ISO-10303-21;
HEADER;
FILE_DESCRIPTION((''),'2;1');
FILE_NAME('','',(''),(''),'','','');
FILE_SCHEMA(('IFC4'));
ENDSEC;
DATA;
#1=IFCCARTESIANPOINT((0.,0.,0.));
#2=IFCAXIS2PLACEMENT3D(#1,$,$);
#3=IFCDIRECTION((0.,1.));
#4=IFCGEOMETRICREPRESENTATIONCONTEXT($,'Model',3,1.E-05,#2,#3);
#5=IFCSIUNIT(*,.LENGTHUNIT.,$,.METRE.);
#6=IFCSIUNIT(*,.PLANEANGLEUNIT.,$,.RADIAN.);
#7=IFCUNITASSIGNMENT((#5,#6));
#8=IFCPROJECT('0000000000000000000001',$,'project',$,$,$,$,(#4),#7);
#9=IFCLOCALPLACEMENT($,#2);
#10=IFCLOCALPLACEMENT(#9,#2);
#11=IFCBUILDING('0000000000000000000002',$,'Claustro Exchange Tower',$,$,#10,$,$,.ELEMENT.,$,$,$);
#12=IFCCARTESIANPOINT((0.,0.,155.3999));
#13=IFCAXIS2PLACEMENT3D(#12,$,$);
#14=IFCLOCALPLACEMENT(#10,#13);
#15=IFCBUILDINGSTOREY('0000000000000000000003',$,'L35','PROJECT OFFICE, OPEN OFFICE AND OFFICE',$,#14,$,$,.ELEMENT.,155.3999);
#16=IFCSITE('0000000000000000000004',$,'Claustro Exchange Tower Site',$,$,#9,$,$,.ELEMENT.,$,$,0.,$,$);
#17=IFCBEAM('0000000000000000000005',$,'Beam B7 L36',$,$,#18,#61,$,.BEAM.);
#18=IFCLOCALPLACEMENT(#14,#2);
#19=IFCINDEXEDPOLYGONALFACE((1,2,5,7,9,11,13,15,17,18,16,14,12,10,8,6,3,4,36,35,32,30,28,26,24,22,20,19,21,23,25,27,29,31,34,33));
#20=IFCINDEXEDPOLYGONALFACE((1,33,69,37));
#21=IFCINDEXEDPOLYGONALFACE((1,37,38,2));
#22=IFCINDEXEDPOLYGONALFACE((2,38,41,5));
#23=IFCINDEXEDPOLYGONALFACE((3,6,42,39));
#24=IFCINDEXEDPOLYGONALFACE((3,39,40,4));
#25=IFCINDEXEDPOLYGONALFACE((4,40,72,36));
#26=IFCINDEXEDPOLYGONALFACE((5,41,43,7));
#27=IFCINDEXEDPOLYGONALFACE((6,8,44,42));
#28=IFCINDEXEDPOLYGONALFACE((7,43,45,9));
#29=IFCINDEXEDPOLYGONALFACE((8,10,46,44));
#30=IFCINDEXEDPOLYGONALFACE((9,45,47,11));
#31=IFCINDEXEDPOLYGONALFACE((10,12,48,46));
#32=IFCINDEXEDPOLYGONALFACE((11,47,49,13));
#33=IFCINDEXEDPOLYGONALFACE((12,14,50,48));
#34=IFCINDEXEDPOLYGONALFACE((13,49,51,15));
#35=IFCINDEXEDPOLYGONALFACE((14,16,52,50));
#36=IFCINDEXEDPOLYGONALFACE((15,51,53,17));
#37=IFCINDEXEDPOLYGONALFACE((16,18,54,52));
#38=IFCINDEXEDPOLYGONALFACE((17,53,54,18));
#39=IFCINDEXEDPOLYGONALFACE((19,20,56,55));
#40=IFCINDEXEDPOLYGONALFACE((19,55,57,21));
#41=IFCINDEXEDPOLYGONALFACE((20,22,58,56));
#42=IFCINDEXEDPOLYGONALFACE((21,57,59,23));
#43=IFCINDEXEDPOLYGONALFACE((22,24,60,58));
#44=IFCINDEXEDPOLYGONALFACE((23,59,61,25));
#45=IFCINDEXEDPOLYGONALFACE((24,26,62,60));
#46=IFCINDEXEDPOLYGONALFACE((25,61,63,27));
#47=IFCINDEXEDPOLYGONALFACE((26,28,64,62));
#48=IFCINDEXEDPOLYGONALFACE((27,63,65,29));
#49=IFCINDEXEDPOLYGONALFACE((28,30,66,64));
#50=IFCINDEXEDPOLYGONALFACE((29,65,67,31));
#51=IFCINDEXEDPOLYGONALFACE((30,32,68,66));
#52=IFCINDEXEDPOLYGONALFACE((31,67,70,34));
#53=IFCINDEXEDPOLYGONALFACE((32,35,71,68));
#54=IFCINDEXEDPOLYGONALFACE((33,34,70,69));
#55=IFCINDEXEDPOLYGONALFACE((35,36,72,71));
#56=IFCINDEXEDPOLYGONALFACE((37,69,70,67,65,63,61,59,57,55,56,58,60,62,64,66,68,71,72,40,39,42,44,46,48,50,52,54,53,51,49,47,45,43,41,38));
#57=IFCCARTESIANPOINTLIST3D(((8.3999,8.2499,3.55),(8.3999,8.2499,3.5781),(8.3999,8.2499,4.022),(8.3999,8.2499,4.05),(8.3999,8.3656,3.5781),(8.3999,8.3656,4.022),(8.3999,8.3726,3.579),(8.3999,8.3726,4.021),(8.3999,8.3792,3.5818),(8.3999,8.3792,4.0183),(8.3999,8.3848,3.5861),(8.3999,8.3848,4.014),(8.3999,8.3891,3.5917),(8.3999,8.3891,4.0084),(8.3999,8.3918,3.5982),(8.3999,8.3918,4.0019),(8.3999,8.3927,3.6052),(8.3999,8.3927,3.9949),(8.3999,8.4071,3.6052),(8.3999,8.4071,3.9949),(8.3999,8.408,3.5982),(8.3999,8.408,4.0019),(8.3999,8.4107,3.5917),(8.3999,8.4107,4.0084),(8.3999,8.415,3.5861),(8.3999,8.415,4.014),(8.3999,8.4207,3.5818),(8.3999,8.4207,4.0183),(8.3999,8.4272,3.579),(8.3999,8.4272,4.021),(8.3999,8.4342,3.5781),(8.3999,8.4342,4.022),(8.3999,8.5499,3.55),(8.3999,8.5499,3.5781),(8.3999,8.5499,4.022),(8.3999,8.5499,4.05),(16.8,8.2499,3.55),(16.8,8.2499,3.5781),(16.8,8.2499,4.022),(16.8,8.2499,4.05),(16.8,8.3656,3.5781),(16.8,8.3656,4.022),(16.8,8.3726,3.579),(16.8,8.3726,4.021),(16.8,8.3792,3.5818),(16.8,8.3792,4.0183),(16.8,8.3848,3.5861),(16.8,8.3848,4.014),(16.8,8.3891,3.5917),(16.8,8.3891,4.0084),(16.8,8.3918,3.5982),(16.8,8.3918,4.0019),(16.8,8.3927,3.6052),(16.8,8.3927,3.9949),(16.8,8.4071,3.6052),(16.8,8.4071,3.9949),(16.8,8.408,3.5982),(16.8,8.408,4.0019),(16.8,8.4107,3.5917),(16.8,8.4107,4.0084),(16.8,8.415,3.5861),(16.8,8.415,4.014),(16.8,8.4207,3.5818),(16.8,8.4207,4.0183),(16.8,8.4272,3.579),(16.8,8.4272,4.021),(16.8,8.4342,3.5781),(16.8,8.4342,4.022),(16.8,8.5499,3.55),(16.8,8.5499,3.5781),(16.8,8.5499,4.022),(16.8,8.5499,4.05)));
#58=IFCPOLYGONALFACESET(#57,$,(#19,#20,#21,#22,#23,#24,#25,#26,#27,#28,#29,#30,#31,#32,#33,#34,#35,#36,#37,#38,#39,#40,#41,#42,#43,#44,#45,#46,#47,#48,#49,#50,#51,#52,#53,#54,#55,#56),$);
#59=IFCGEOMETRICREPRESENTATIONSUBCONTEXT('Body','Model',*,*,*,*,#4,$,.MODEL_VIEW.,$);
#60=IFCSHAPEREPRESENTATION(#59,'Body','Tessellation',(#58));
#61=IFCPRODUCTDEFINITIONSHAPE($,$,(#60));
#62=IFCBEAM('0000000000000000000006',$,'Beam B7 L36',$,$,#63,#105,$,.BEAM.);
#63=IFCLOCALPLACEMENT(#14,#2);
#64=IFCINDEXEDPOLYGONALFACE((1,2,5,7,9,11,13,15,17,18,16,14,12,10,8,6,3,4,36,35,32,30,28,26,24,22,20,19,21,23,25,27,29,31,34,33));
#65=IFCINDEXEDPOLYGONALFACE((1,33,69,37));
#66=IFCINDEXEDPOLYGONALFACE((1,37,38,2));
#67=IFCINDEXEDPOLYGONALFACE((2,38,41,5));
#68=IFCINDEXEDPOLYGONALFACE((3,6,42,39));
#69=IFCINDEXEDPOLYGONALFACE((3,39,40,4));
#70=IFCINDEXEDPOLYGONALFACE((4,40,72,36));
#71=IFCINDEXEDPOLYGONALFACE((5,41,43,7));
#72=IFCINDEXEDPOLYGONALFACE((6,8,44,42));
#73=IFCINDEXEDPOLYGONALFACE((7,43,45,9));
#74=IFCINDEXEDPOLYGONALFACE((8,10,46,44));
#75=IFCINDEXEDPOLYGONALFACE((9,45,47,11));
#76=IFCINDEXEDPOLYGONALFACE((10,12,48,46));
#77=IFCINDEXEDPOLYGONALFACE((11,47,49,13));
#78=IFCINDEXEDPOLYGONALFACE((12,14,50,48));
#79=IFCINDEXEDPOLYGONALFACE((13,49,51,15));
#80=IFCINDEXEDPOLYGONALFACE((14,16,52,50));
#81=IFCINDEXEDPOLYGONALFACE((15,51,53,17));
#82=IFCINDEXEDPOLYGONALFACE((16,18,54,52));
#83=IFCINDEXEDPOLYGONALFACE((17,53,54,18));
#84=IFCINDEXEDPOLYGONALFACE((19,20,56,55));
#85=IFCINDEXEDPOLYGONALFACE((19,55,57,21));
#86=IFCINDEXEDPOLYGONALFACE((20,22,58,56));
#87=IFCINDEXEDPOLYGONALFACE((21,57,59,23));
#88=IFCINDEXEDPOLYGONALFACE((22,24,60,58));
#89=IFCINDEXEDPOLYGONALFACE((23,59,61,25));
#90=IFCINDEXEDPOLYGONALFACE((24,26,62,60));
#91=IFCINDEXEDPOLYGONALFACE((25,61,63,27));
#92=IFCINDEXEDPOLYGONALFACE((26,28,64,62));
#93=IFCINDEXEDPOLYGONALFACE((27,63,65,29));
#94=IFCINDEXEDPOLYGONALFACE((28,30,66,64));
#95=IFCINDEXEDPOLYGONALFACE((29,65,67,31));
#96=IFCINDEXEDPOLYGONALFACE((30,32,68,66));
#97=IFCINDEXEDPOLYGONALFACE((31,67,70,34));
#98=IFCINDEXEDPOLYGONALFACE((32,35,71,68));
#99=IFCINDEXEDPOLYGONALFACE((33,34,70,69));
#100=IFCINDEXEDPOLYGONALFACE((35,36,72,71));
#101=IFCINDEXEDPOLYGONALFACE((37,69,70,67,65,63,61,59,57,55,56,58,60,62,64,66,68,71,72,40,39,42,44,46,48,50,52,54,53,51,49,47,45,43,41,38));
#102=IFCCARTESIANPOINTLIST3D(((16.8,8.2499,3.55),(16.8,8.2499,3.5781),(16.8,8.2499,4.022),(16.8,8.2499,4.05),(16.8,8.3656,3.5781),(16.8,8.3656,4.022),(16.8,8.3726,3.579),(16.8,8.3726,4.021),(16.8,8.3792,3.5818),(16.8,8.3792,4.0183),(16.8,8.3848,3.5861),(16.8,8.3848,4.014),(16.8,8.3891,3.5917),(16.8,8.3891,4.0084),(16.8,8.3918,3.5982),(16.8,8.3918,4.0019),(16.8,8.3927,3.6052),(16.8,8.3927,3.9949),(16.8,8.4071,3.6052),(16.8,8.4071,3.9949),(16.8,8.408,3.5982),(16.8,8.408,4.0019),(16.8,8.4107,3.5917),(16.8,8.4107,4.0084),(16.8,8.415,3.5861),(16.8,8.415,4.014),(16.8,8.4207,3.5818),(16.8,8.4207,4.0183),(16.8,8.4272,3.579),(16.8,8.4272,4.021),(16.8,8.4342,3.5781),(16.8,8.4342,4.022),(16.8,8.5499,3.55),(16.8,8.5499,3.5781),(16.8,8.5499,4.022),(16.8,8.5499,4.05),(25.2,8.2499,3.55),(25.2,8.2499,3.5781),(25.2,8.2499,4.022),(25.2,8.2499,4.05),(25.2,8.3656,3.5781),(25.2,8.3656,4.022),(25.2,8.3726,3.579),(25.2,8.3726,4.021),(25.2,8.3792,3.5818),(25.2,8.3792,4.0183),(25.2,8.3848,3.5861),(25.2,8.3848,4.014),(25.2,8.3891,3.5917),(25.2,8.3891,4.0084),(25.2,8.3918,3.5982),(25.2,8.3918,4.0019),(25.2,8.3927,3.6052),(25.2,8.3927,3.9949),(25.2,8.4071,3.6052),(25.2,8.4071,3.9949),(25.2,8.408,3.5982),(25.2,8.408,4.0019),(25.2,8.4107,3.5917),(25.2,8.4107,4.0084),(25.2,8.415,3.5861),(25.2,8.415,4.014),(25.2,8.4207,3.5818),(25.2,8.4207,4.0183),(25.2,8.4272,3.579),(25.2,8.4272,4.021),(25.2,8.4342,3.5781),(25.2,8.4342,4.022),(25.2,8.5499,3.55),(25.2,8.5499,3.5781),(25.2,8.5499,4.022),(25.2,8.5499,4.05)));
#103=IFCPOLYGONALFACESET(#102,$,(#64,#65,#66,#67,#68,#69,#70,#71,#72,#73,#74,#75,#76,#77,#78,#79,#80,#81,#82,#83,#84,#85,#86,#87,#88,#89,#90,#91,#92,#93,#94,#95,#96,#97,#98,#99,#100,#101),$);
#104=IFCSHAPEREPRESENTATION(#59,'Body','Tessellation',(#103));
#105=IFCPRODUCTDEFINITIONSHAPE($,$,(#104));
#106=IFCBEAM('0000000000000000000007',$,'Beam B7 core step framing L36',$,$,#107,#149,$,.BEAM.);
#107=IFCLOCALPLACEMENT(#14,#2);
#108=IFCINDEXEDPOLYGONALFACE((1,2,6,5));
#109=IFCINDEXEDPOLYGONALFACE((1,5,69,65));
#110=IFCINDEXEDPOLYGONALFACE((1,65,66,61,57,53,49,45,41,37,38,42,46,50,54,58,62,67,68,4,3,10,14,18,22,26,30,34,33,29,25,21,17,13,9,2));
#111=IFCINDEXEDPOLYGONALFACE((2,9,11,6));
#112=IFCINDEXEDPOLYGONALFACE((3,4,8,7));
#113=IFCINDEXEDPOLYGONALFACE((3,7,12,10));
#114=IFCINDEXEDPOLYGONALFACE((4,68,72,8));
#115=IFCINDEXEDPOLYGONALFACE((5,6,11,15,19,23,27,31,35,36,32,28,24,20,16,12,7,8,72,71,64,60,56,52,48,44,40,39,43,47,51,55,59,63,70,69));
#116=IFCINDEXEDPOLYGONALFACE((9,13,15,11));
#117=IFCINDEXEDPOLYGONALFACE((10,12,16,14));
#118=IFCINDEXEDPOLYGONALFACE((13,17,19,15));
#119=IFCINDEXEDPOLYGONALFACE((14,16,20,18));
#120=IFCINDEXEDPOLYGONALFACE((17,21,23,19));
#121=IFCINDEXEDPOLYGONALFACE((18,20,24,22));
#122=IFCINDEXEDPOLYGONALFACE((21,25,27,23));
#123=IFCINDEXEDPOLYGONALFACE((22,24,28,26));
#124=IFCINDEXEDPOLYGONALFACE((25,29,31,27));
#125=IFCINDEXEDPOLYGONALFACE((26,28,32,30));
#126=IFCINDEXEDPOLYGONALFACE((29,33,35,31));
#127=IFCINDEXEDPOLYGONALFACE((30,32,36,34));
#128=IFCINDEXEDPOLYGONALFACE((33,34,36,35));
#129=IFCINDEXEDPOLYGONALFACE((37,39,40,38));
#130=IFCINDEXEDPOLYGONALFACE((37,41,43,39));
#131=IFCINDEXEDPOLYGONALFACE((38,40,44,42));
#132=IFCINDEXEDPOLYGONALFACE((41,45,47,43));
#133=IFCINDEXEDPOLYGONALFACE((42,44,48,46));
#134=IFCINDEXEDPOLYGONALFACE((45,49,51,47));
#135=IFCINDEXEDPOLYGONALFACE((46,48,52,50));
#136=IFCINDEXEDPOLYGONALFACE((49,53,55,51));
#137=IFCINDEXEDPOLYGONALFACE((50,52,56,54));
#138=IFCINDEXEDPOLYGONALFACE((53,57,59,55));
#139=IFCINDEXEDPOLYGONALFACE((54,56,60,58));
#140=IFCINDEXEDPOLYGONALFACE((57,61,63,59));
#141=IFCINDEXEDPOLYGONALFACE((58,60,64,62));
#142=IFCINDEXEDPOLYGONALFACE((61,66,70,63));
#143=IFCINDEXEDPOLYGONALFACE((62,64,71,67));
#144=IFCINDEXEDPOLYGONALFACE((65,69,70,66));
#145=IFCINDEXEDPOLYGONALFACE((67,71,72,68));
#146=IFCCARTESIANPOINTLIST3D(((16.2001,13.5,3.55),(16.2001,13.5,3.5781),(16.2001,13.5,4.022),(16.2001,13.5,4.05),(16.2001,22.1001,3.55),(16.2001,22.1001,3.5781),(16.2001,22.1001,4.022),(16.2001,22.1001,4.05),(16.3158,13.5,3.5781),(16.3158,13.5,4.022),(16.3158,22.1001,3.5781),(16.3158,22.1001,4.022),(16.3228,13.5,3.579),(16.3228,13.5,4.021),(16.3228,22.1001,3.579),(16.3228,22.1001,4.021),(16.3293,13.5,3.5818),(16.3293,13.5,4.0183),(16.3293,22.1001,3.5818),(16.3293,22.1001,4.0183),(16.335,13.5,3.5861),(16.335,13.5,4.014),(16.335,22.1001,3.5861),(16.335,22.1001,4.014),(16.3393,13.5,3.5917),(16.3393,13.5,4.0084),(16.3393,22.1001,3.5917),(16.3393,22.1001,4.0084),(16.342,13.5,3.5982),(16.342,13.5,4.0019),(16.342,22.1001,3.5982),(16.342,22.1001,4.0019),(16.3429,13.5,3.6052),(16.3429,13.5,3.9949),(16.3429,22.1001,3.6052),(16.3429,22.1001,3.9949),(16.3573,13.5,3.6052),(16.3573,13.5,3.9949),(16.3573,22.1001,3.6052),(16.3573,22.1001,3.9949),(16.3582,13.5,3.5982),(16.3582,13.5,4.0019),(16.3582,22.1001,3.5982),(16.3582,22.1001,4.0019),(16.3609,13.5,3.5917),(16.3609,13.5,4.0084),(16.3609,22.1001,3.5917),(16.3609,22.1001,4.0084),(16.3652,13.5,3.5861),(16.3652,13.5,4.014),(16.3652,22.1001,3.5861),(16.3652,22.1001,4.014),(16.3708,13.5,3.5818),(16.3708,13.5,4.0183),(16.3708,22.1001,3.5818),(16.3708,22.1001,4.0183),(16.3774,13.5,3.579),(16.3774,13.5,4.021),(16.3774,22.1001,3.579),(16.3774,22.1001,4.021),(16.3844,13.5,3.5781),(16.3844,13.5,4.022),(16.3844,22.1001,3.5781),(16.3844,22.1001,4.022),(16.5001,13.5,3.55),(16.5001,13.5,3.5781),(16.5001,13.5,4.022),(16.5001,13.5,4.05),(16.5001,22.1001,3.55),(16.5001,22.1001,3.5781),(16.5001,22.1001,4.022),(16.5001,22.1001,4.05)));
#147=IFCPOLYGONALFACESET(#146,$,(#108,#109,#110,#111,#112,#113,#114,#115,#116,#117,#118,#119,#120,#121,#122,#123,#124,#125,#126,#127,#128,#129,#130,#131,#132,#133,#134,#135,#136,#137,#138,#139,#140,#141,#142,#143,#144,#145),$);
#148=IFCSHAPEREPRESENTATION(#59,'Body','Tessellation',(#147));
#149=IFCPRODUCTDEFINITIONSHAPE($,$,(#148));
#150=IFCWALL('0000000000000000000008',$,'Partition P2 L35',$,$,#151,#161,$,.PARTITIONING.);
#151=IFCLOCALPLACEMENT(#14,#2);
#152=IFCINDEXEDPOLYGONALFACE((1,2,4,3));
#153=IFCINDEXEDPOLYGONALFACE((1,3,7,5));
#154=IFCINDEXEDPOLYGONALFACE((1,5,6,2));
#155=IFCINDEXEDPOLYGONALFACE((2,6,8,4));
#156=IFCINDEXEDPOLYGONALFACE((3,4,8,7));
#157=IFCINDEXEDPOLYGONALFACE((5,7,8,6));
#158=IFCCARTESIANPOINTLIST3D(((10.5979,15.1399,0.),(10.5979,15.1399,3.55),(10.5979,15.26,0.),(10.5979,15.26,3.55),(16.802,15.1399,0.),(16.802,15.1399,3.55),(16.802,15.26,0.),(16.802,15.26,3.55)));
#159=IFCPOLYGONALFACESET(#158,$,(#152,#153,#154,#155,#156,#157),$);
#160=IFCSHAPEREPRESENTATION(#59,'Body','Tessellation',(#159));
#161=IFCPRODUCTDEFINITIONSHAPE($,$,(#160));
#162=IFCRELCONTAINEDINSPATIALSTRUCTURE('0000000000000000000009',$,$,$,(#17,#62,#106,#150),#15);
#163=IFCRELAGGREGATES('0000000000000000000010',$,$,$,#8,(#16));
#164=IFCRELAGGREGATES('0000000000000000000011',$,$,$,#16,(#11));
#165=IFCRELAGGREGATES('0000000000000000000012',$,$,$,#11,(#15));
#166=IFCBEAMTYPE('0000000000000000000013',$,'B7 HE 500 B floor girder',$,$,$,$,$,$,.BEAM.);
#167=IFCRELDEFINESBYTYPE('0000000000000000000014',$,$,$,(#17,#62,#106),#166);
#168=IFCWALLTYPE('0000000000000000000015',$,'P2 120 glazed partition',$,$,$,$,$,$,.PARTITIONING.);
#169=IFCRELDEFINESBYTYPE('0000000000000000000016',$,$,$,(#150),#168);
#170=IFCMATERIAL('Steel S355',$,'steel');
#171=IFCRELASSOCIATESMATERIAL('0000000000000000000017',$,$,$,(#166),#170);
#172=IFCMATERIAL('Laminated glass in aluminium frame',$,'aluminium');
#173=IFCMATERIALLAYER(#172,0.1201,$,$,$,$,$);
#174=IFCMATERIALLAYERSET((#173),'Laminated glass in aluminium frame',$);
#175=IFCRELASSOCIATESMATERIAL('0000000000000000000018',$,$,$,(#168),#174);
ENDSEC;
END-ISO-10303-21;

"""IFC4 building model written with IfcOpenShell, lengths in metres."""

from ifc_helpers import new_model, si_unit, direction, frame, frame_2d, origin, origin_2d, place, context, subcontext, project, spatial, rectangle, i_section, extrude, material, layer, layer_set, material_profile, profile_set, type_object, element, save


model = new_model("IFC4")

# Units and contexts
model_context = context("Model", 3, precision=1e-05, world=origin(), true_north=direction((0.0, 1.0)))
body_context = subcontext(model_context, "Body", "Model", "MODEL_VIEW")
ifc_project = project(units=[si_unit("LENGTHUNIT", "METRE"), si_unit("PLANEANGLEUNIT", "RADIAN")], contexts=[model_context])

# Site, building, storey
site_placement = place(None, origin())
site = spatial("IfcSite", under=ifc_project, at=site_placement, Name="Claustro Exchange Tower Site", CompositionType="ELEMENT", RefElevation=0.0)
building_placement = place(site_placement, origin())
building = spatial("IfcBuilding", under=site, at=building_placement, Name="Claustro Exchange Tower", CompositionType="ELEMENT")
storey_placement = place(building_placement, frame((0.0, 0.0, 155.3999)))
storey = spatial("IfcBuildingStorey", under=building, at=storey_placement, Name="L35", Description="PROJECT OFFICE, OPEN OFFICE AND OFFICE", CompositionType="ELEMENT", Elevation=155.3999)

# Beams
ifc_material_1 = material(Name="Steel S355", Category="steel")
ifc_material_profile_1 = material_profile(ifc_material_1, i_section(OverallWidth=0.3, OverallDepth=0.5, WebThickness=0.0144, FlangeThickness=0.0281, FilletRadius=0.0271, at=origin_2d()), Name="HE 500 B")
ifc_profile_set_1 = profile_set([ifc_material_profile_1], Name="Steel S355")
beam_type_1 = type_object("IfcBeamType", Name="B7 HE 500 B floor girder", PredefinedType="BEAM", material=ifc_profile_set_1)
beam_1_placement = place(storey_placement, frame((8.3999, 8.3999, 3.8), z_axis=(1.0, 0.0, 0.0), x_axis=(0.0, 1.0, 0.0)))
element("IfcBeam", 1, at=beam_1_placement, inside=storey, type_object=beam_type_1, Name="Beam B7 L36", PredefinedType="BEAM", context=body_context, shape_type="SweptSolid", body=[
    extrude(i_section(OverallWidth=0.3, OverallDepth=0.5, WebThickness=0.0144, FlangeThickness=0.0281, FilletRadius=0.0271, at=origin_2d()), origin(), (0.0, 0.0, 1.0), 8.4001),
])
beam_2_placement = place(storey_placement, frame((16.8, 8.3999, 3.8), z_axis=(1.0, 0.0, 0.0), x_axis=(0.0, 1.0, 0.0)))
element("IfcBeam", 2, at=beam_2_placement, inside=storey, type_object=beam_type_1, Name="Beam B7 L36", PredefinedType="BEAM", context=body_context, shape_type="SweptSolid", body=[
    extrude(i_section(OverallWidth=0.3, OverallDepth=0.5, WebThickness=0.0144, FlangeThickness=0.0281, FilletRadius=0.0271, at=origin_2d()), origin(), (0.0, 0.0, 1.0), 8.3999),
])
beam_3_placement = place(storey_placement, frame((16.3501, 13.5, 3.8), z_axis=(0.0, 1.0, 0.0), x_axis=(-1.0, 0.0, 0.0)))
element("IfcBeam", 3, at=beam_3_placement, inside=storey, type_object=beam_type_1, Name="Beam B7 core step framing L36", PredefinedType="BEAM", context=body_context, shape_type="SweptSolid", body=[
    extrude(i_section(OverallWidth=0.3, OverallDepth=0.5, WebThickness=0.0144, FlangeThickness=0.0281, FilletRadius=0.0271, at=origin_2d()), origin(), (0.0, 0.0, 1.0), 8.6001),
])

# Wall
ifc_material_2 = material(Name="Laminated glass in aluminium frame", Category="aluminium")
ifc_layer_1 = layer(ifc_material_2, 0.1201)
ifc_layer_set_1 = layer_set([ifc_layer_1], Name="Laminated glass in aluminium frame")
wall_type_1 = type_object("IfcWallType", Name="P2 120 glazed partition", PredefinedType="PARTITIONING", material=ifc_layer_set_1)
wall_1_placement = place(storey_placement, frame((10.5979, 15.2, 0.0), z_axis=(0.0, 0.0, 1.0), x_axis=(1.0, 0.0, 0.0)))
element("IfcWall", 4, at=wall_1_placement, inside=storey, type_object=wall_type_1, Name="Partition P2 L35", PredefinedType="PARTITIONING", context=body_context, shape_type="SweptSolid", body=[
    extrude(rectangle(XDim=6.2041, YDim=0.1201, at=frame_2d((3.1021, 0.0))), origin(), (0.0, 0.0, 1.0), 3.55),
])

save(model, "model.ifc")
